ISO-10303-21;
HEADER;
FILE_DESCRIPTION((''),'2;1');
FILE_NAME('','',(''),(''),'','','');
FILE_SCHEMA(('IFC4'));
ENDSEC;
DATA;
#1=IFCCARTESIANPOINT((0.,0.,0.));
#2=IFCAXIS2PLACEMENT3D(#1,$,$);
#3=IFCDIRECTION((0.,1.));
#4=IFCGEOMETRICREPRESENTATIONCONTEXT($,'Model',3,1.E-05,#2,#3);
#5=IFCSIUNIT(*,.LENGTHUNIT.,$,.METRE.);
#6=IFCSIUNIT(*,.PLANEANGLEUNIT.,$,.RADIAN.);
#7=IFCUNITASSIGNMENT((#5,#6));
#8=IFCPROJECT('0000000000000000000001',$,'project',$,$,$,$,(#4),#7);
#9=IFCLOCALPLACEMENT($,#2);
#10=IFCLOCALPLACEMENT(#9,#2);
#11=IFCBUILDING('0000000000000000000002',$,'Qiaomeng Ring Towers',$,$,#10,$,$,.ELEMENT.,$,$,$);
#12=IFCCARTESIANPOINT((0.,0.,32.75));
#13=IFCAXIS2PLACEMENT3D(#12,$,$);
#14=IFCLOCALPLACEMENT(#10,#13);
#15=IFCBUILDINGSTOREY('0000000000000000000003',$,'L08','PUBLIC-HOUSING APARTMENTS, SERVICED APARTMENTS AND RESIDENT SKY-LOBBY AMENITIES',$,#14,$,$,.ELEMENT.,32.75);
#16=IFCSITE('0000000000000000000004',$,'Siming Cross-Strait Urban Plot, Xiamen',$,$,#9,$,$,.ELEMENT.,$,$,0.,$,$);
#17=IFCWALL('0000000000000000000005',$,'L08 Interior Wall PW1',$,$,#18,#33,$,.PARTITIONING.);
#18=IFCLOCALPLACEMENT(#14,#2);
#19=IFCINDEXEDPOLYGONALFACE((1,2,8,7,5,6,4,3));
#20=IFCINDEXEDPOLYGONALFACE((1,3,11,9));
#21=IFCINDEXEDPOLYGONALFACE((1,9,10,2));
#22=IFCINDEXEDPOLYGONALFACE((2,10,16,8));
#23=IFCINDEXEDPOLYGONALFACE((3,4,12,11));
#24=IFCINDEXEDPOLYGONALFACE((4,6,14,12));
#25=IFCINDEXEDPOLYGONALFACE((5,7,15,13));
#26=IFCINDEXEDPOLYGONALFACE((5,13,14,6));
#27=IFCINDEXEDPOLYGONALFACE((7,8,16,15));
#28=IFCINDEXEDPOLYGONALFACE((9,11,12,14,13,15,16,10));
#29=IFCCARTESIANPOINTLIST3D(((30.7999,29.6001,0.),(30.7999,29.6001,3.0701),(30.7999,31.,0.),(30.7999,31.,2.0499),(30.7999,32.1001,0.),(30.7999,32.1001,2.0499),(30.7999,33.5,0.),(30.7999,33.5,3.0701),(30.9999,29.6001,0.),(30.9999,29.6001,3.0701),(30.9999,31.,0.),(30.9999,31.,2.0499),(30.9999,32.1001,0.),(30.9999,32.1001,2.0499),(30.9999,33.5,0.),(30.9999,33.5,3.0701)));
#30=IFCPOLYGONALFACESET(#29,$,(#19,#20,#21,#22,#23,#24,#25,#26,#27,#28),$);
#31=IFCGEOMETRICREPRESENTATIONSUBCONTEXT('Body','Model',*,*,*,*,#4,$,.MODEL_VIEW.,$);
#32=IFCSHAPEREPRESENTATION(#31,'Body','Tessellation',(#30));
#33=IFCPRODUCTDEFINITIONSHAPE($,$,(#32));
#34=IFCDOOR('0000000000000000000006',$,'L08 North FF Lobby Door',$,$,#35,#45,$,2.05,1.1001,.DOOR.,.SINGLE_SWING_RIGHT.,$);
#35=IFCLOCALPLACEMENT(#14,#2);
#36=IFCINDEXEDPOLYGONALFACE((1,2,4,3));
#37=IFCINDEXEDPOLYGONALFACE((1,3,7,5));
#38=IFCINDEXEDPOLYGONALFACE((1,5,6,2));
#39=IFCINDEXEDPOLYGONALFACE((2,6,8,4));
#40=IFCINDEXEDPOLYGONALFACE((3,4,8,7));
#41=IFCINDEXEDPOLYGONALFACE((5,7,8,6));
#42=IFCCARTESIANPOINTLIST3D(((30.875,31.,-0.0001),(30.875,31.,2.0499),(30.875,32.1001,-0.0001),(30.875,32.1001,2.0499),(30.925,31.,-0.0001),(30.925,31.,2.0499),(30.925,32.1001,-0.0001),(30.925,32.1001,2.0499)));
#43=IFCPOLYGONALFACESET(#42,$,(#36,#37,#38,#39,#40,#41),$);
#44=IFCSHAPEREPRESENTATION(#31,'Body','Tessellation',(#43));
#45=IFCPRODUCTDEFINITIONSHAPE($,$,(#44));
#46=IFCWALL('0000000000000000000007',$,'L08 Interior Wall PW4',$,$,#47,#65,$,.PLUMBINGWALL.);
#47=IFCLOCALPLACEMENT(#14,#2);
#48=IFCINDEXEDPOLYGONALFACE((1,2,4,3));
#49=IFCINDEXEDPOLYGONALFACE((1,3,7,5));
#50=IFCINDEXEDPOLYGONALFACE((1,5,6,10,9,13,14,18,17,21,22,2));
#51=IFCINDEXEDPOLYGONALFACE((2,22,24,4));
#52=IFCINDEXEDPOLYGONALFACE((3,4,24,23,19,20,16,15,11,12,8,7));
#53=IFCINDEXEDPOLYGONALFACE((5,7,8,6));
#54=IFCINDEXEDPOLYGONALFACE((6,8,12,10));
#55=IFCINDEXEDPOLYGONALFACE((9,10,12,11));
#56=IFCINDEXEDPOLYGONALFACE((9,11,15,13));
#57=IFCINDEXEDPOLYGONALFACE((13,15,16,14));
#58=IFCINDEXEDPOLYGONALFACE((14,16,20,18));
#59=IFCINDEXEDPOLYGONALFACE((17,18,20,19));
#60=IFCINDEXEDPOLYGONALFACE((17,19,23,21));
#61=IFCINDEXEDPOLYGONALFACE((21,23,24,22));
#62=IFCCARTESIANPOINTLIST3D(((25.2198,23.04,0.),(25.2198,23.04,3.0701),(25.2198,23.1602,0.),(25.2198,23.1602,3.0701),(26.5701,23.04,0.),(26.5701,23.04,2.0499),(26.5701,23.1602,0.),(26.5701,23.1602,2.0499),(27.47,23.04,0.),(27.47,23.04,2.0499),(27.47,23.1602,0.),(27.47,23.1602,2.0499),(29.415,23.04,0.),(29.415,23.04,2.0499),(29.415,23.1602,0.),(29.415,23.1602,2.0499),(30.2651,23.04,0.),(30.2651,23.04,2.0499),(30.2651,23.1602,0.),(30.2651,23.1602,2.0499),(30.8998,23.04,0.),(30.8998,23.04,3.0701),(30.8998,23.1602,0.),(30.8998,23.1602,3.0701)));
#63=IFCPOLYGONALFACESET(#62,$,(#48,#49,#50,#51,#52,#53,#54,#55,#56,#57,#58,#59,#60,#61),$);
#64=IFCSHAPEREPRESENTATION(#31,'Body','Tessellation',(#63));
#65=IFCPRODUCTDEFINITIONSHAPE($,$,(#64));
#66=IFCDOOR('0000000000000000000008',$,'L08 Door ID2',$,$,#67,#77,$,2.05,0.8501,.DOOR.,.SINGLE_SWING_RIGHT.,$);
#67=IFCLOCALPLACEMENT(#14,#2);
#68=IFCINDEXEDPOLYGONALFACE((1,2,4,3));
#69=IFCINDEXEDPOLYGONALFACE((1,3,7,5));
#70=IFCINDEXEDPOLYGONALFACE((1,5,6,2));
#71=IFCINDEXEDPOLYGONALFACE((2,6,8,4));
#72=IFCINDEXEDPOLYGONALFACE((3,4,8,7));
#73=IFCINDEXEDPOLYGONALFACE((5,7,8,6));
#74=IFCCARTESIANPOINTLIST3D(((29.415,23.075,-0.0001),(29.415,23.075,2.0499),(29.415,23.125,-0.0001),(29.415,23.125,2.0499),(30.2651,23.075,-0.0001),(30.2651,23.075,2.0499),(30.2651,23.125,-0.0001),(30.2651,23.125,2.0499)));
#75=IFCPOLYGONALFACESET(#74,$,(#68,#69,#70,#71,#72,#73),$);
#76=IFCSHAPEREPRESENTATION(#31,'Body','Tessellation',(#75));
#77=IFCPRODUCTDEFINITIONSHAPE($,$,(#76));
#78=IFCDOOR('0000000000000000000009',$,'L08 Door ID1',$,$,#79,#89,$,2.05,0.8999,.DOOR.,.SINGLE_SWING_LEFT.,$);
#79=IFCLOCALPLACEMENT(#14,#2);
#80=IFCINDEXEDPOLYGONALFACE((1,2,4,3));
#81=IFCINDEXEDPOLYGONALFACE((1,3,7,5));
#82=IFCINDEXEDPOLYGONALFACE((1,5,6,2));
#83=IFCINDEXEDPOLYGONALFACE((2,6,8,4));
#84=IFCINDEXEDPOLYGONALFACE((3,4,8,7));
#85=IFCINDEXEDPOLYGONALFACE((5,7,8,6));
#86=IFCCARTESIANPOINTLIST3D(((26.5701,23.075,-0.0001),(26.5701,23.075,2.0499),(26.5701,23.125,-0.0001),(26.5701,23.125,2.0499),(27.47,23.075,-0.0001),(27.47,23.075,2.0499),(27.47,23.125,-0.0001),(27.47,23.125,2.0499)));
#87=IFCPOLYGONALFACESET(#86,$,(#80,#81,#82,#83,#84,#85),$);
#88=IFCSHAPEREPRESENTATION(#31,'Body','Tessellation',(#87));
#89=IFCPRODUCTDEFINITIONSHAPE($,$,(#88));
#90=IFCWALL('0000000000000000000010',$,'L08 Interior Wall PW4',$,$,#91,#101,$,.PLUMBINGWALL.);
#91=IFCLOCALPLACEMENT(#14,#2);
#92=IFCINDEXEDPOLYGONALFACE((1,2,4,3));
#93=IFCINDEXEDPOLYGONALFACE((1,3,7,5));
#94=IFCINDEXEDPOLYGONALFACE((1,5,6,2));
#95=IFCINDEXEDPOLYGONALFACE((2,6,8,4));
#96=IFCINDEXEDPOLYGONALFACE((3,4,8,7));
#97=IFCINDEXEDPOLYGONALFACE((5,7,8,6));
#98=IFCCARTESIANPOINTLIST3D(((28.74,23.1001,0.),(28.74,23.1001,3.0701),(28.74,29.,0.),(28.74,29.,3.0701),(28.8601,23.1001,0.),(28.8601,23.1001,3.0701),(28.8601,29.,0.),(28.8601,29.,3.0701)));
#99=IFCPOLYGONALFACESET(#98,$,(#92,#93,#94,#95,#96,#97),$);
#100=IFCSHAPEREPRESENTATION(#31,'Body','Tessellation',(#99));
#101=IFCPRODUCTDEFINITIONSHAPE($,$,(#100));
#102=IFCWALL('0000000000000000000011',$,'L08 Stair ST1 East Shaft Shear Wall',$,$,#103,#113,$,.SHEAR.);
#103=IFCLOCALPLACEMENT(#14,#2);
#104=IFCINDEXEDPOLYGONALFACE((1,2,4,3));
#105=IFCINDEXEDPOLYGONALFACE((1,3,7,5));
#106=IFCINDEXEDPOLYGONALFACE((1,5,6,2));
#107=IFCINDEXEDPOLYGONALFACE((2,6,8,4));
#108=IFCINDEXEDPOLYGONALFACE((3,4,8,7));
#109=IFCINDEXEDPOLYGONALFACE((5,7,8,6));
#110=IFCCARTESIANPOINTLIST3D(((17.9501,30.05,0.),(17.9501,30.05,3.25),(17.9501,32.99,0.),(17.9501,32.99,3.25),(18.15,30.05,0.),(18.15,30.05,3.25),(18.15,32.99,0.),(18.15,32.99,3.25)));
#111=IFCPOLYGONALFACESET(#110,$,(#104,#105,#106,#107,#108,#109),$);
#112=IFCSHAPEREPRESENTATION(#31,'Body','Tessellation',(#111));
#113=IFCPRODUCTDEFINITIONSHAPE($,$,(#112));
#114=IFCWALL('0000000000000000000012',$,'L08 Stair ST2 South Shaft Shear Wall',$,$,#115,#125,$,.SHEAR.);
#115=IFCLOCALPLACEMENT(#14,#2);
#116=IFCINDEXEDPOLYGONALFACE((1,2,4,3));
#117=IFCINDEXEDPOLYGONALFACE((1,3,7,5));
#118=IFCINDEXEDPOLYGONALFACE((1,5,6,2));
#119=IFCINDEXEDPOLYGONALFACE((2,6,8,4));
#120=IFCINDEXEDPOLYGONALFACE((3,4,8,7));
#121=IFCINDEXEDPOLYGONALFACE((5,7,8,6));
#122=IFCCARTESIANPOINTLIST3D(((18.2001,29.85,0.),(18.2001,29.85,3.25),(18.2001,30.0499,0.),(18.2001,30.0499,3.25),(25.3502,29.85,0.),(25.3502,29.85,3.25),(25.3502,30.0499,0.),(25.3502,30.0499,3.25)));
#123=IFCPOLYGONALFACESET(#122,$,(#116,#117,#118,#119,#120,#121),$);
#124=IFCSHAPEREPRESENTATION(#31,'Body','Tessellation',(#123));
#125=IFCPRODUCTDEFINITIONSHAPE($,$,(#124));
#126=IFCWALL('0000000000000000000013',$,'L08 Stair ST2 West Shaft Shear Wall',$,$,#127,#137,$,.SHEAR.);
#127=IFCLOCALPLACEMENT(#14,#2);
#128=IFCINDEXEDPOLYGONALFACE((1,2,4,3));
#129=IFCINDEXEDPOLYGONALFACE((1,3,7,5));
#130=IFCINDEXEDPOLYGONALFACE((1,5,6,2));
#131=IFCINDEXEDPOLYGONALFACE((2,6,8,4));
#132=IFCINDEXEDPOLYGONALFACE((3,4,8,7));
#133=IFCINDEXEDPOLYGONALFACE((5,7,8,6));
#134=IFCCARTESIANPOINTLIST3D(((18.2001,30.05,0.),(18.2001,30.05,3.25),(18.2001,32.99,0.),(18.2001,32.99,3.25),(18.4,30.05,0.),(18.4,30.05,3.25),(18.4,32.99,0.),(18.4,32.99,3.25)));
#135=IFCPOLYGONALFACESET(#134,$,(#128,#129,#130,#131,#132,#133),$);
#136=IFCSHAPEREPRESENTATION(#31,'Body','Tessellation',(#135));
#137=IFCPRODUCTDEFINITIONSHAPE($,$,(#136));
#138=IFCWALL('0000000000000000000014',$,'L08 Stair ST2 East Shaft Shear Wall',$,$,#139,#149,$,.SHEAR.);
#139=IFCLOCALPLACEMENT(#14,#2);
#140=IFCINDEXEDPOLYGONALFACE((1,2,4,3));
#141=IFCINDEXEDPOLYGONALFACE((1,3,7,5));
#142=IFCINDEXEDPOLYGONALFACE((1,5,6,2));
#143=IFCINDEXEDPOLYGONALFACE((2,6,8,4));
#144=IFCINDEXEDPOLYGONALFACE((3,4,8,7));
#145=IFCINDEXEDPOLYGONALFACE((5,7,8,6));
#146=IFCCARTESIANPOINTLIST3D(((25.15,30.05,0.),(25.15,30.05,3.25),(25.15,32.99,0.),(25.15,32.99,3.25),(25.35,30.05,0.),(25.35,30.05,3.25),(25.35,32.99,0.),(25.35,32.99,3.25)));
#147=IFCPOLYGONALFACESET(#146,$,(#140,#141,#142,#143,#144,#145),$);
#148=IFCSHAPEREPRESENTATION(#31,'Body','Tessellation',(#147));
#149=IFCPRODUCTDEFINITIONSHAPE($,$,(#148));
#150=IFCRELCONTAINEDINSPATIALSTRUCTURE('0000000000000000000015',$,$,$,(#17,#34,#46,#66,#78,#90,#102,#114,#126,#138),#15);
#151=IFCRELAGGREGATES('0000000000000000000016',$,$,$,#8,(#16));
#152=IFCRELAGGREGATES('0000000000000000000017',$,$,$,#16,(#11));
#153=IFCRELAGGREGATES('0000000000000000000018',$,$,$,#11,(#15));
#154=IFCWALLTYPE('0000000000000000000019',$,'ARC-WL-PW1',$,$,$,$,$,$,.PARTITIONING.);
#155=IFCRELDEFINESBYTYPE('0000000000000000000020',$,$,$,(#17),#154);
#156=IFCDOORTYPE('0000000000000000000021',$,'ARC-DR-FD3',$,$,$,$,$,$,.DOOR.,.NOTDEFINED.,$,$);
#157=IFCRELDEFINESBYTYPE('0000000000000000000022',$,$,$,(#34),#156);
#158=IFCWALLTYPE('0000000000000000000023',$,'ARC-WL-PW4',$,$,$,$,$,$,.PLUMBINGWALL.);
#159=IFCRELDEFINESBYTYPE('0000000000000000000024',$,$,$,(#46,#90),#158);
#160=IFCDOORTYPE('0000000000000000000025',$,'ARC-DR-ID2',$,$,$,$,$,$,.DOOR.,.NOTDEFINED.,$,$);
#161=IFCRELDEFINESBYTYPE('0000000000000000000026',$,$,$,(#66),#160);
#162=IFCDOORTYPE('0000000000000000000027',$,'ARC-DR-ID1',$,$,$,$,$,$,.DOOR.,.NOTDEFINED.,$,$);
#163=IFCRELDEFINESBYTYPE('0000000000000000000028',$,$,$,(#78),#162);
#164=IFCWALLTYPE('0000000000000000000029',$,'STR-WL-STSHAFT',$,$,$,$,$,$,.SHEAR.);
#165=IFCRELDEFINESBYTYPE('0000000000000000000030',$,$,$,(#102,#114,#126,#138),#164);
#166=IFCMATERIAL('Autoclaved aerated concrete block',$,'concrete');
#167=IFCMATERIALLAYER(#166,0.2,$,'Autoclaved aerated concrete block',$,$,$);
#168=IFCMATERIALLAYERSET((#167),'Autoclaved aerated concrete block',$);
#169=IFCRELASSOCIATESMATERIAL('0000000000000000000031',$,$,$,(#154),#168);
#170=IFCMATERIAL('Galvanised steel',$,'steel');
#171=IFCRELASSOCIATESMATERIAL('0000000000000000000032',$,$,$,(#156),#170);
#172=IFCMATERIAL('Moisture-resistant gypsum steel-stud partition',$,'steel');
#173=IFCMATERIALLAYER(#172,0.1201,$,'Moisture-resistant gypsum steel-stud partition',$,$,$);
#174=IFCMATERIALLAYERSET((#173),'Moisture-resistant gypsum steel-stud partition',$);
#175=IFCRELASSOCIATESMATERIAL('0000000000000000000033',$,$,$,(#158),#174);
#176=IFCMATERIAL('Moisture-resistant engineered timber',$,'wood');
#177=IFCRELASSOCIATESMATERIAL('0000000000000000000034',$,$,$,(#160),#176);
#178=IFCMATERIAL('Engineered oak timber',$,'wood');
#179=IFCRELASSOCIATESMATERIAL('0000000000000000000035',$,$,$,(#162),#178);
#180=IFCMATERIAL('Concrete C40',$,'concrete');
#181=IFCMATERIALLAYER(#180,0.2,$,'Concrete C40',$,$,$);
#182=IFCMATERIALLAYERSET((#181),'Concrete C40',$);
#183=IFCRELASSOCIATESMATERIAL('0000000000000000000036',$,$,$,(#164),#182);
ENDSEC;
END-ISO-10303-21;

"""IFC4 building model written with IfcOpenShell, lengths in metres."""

from ifc_helpers import new_model, si_unit, direction, frame, frame_2d, origin, place, context, subcontext, project, spatial, rectangle, extrude, source, transform, mapped, material, layer, layer_set, type_object, element, fill, save


model = new_model("IFC4")

# Units and contexts
model_context = context("Model", 3, precision=1e-05, world=origin(), true_north=direction((0.0, 1.0)))
body_context = subcontext(model_context, "Body", "Model", "MODEL_VIEW")
ifc_project = project(units=[si_unit("LENGTHUNIT", "METRE"), si_unit("PLANEANGLEUNIT", "RADIAN")], contexts=[model_context])

# Site, building, storey
site_placement = place(None, origin())
site = spatial("IfcSite", under=ifc_project, at=site_placement, Name="Siming Cross-Strait Urban Plot, Xiamen", CompositionType="ELEMENT", RefElevation=0.0)
building_placement = place(site_placement, origin())
building = spatial("IfcBuilding", under=site, at=building_placement, Name="Qiaomeng Ring Towers", CompositionType="ELEMENT")
storey_placement = place(building_placement, frame((0.0, 0.0, 32.75)))
storey = spatial("IfcBuildingStorey", under=building, at=storey_placement, Name="L08", Description="PUBLIC-HOUSING APARTMENTS, SERVICED APARTMENTS AND RESIDENT SKY-LOBBY AMENITIES", CompositionType="ELEMENT", Elevation=32.75)

# Shared definitions
ifc_material_1 = material(Name="Autoclaved aerated concrete block", Category="concrete")
ifc_layer_1 = layer(ifc_material_1, 0.2, Name="Autoclaved aerated concrete block")
ifc_layer_set_1 = layer_set([ifc_layer_1], Name="Autoclaved aerated concrete block")
wall_type_1 = type_object("IfcWallType", Name="ARC-WL-PW1", PredefinedType="PARTITIONING", material=ifc_layer_set_1)

# Wall, opening, door
wall_1_placement = place(storey_placement, frame((30.8999, 29.6001, 0.0), z_axis=(0.0, 0.0, 1.0), x_axis=(0.0, 1.0, 0.0)))
wall_1 = element("IfcWall", 1, at=wall_1_placement, inside=storey, type_object=wall_type_1, Name="L08 Interior Wall PW1", PredefinedType="PARTITIONING", context=body_context, shape_type="SweptSolid", body=[
    extrude(rectangle(XDim=3.8999, YDim=0.2, at=frame_2d((1.95, 0.0))), origin(), (0.0, 0.0, 1.0), 3.0701),
])
opening_1_placement = place(wall_1_placement, frame((1.3999, 0.0, 0.0)))
opening_1 = element("IfcOpeningElement", 2, at=opening_1_placement, cuts=wall_1, PredefinedType="OPENING", context=body_context, shape_type="SweptSolid", body=[
    extrude(rectangle(XDim=1.1001, YDim=2.05, at=frame_2d((0.55, 1.0249))), frame((0.0, 0.1099, 0.0), z_axis=(0.0, -1.0, 0.0), x_axis=(1.0, 0.0, 0.0)), (0.0, 0.0, 1.0), 0.22),
])
ifc_material_2 = material(Name="Galvanised steel", Category="steel")
door_type_1 = type_object("IfcDoorType", Name="ARC-DR-FD3", OperationType="NOTDEFINED", PredefinedType="DOOR", material=ifc_material_2)
shared_shape_1 = source(origin(), body_context, "Body", "SweptSolid", [
    extrude(rectangle(XDim=1.1001, YDim=2.05, at=frame_2d((0.55, 1.0249))), frame((0.0, 0.0249, 0.0), z_axis=(0.0, -1.0, 0.0), x_axis=(1.0, 0.0, 0.0)), (0.0, 0.0, 1.0), 0.05),
])
door_1_placement = place(opening_1_placement, origin())
door_1 = element("IfcDoor", 3, at=door_1_placement, inside=storey, type_object=door_type_1, Name="L08 North FF Lobby Door", OperationType="SINGLE_SWING_RIGHT", OverallHeight=2.05, OverallWidth=1.1001, PredefinedType="DOOR", context=body_context, shape_type="MappedRepresentation", body=[
    mapped(shared_shape_1, transform((0.0, 0.0, 0.0), x_axis=(1.0, 0.0, 0.0), y_axis=(0.0, 1.0, 0.0), z_axis=(0.0, 0.0, 1.0), scale=1.0)),
])
fill(opening_1, door_1)

# Wall, openings, doors
ifc_material_3 = material(Name="Moisture-resistant gypsum steel-stud partition", Category="steel")
ifc_layer_2 = layer(ifc_material_3, 0.1201, Name="Moisture-resistant gypsum steel-stud partition")
ifc_layer_set_2 = layer_set([ifc_layer_2], Name="Moisture-resistant gypsum steel-stud partition")
wall_type_2 = type_object("IfcWallType", Name="ARC-WL-PW4", PredefinedType="PLUMBINGWALL", material=ifc_layer_set_2)
wall_2_placement = place(storey_placement, frame((25.22, 23.1001, 0.0), z_axis=(0.0, 0.0, 1.0), x_axis=(1.0, 0.0, 0.0)))
wall_2 = element("IfcWall", 4, at=wall_2_placement, inside=storey, type_object=wall_type_2, Name="L08 Interior Wall PW4", PredefinedType="PLUMBINGWALL", context=body_context, shape_type="SweptSolid", body=[
    extrude(rectangle(XDim=5.6799, YDim=0.1201, at=frame_2d((2.8398, 0.0))), origin(), (0.0, 0.0, 1.0), 3.0701),
])
opening_2_placement = place(wall_2_placement, frame((1.3501, 0.0, 0.0)))
opening_2 = element("IfcOpeningElement", 5, at=opening_2_placement, cuts=wall_2, PredefinedType="OPENING", context=body_context, shape_type="SweptSolid", body=[
    extrude(rectangle(XDim=0.8999, YDim=2.05, at=frame_2d((0.45, 1.0249))), frame((0.0, 0.0701, 0.0), z_axis=(0.0, -1.0, 0.0), x_axis=(1.0, 0.0, 0.0)), (0.0, 0.0, 1.0), 0.1401),
])
opening_3_placement = place(wall_2_placement, frame((4.1951, 0.0, 0.0)))
opening_3 = element("IfcOpeningElement", 6, at=opening_3_placement, cuts=wall_2, PredefinedType="OPENING", context=body_context, shape_type="SweptSolid", body=[
    extrude(rectangle(XDim=0.8501, YDim=2.05, at=frame_2d((0.425, 1.0249))), frame((0.0, 0.0701, 0.0), z_axis=(0.0, -1.0, 0.0), x_axis=(1.0, 0.0, 0.0)), (0.0, 0.0, 1.0), 0.1401),
])
ifc_material_4 = material(Name="Moisture-resistant engineered timber", Category="wood")
door_type_2 = type_object("IfcDoorType", Name="ARC-DR-ID2", OperationType="NOTDEFINED", PredefinedType="DOOR", material=ifc_material_4)
shared_shape_2 = source(origin(), body_context, "Body", "SweptSolid", [
    extrude(rectangle(XDim=0.8501, YDim=2.05, at=frame_2d((0.425, 1.0249))), frame((0.0, 0.0249, 0.0), z_axis=(0.0, -1.0, 0.0), x_axis=(1.0, 0.0, 0.0)), (0.0, 0.0, 1.0), 0.05),
])
door_2_placement = place(opening_3_placement, origin())
door_2 = element("IfcDoor", 7, at=door_2_placement, inside=storey, type_object=door_type_2, Name="L08 Door ID2", OperationType="SINGLE_SWING_RIGHT", OverallHeight=2.05, OverallWidth=0.8501, PredefinedType="DOOR", context=body_context, shape_type="MappedRepresentation", body=[
    mapped(shared_shape_2, transform((0.0, 0.0, 0.0), x_axis=(1.0, 0.0, 0.0), y_axis=(0.0, 1.0, 0.0), z_axis=(0.0, 0.0, 1.0), scale=1.0)),
])
fill(opening_3, door_2)
ifc_material_5 = material(Name="Engineered oak timber", Category="wood")
door_type_3 = type_object("IfcDoorType", Name="ARC-DR-ID1", OperationType="NOTDEFINED", PredefinedType="DOOR", material=ifc_material_5)
shared_shape_3 = source(origin(), body_context, "Body", "SweptSolid", [
    extrude(rectangle(XDim=0.8999, YDim=2.05, at=frame_2d((0.45, 1.0249))), frame((0.0, 0.0249, 0.0), z_axis=(0.0, -1.0, 0.0), x_axis=(1.0, 0.0, 0.0)), (0.0, 0.0, 1.0), 0.05),
])
door_3_placement = place(opening_2_placement, origin())
door_3 = element("IfcDoor", 8, at=door_3_placement, inside=storey, type_object=door_type_3, Name="L08 Door ID1", OperationType="SINGLE_SWING_LEFT", OverallHeight=2.05, OverallWidth=0.8999, PredefinedType="DOOR", context=body_context, shape_type="MappedRepresentation", body=[
    mapped(shared_shape_3, transform((0.0, 0.0, 0.0), x_axis=(1.0, 0.0, 0.0), y_axis=(0.0, 1.0, 0.0), z_axis=(0.0, 0.0, 1.0), scale=1.0)),
])
fill(opening_2, door_3)

# Walls
wall_3_placement = place(storey_placement, frame((28.8, 23.1001, 0.0), z_axis=(0.0, 0.0, 1.0), x_axis=(0.0, 1.0, 0.0)))
element("IfcWall", 9, at=wall_3_placement, inside=storey, type_object=wall_type_2, Name="L08 Interior Wall PW4", PredefinedType="PLUMBINGWALL", context=body_context, shape_type="SweptSolid", body=[
    extrude(rectangle(XDim=5.8999, YDim=0.1201, at=frame_2d((2.95, 0.0))), origin(), (0.0, 0.0, 1.0), 3.0701),
])
ifc_material_6 = material(Name="Concrete C40", Category="concrete")
ifc_layer_3 = layer(ifc_material_6, 0.2, Name="Concrete C40")
ifc_layer_set_3 = layer_set([ifc_layer_3], Name="Concrete C40")
wall_type_3 = type_object("IfcWallType", Name="STR-WL-STSHAFT", PredefinedType="SHEAR", material=ifc_layer_set_3)
wall_4_placement = place(storey_placement, frame((18.05, 30.05, 0.0), z_axis=(0.0, 0.0, 1.0), x_axis=(0.0, 1.0, 0.0)))
element("IfcWall", 10, at=wall_4_placement, inside=storey, type_object=wall_type_3, Name="L08 Stair ST1 East Shaft Shear Wall", PredefinedType="SHEAR", context=body_context, shape_type="SweptSolid", body=[
    extrude(rectangle(XDim=2.9399, YDim=0.2, at=frame_2d((1.47, 0.0))), origin(), (0.0, 0.0, 1.0), 3.25),
])
wall_5_placement = place(storey_placement, frame((18.2, 29.95, 0.0), z_axis=(0.0, 0.0, 1.0), x_axis=(1.0, 0.0, 0.0)))
element("IfcWall", 11, at=wall_5_placement, inside=storey, type_object=wall_type_3, Name="L08 Stair ST2 South Shaft Shear Wall", PredefinedType="SHEAR", context=body_context, shape_type="SweptSolid", body=[
    extrude(rectangle(XDim=7.1501, YDim=0.2, at=frame_2d((3.5752, 0.0))), origin(), (0.0, 0.0, 1.0), 3.25),
])
for number, where, z_axis, x_axis, name in (
    (12, (18.3, 30.05, 0.0), (0.0, 0.0, 1.0), (0.0, 1.0, 0.0), "L08 Stair ST2 West Shaft Shear Wall"),
    (13, (25.25, 30.05, 0.0), (0.0, 0.0, 1.0), (0.0, 1.0, 0.0), "L08 Stair ST2 East Shaft Shear Wall"),
):
    element("IfcWall", number, at=place(storey_placement, frame(where, z_axis=z_axis, x_axis=x_axis)), inside=storey, type_object=wall_type_3, Name=name, PredefinedType="SHEAR", context=body_context, shape_type="SweptSolid", body=[
        extrude(rectangle(XDim=2.9399, YDim=0.2, at=frame_2d((1.47, 0.0))), origin(), (0.0, 0.0, 1.0), 3.25),
    ])

save(model, "model.ifc")
